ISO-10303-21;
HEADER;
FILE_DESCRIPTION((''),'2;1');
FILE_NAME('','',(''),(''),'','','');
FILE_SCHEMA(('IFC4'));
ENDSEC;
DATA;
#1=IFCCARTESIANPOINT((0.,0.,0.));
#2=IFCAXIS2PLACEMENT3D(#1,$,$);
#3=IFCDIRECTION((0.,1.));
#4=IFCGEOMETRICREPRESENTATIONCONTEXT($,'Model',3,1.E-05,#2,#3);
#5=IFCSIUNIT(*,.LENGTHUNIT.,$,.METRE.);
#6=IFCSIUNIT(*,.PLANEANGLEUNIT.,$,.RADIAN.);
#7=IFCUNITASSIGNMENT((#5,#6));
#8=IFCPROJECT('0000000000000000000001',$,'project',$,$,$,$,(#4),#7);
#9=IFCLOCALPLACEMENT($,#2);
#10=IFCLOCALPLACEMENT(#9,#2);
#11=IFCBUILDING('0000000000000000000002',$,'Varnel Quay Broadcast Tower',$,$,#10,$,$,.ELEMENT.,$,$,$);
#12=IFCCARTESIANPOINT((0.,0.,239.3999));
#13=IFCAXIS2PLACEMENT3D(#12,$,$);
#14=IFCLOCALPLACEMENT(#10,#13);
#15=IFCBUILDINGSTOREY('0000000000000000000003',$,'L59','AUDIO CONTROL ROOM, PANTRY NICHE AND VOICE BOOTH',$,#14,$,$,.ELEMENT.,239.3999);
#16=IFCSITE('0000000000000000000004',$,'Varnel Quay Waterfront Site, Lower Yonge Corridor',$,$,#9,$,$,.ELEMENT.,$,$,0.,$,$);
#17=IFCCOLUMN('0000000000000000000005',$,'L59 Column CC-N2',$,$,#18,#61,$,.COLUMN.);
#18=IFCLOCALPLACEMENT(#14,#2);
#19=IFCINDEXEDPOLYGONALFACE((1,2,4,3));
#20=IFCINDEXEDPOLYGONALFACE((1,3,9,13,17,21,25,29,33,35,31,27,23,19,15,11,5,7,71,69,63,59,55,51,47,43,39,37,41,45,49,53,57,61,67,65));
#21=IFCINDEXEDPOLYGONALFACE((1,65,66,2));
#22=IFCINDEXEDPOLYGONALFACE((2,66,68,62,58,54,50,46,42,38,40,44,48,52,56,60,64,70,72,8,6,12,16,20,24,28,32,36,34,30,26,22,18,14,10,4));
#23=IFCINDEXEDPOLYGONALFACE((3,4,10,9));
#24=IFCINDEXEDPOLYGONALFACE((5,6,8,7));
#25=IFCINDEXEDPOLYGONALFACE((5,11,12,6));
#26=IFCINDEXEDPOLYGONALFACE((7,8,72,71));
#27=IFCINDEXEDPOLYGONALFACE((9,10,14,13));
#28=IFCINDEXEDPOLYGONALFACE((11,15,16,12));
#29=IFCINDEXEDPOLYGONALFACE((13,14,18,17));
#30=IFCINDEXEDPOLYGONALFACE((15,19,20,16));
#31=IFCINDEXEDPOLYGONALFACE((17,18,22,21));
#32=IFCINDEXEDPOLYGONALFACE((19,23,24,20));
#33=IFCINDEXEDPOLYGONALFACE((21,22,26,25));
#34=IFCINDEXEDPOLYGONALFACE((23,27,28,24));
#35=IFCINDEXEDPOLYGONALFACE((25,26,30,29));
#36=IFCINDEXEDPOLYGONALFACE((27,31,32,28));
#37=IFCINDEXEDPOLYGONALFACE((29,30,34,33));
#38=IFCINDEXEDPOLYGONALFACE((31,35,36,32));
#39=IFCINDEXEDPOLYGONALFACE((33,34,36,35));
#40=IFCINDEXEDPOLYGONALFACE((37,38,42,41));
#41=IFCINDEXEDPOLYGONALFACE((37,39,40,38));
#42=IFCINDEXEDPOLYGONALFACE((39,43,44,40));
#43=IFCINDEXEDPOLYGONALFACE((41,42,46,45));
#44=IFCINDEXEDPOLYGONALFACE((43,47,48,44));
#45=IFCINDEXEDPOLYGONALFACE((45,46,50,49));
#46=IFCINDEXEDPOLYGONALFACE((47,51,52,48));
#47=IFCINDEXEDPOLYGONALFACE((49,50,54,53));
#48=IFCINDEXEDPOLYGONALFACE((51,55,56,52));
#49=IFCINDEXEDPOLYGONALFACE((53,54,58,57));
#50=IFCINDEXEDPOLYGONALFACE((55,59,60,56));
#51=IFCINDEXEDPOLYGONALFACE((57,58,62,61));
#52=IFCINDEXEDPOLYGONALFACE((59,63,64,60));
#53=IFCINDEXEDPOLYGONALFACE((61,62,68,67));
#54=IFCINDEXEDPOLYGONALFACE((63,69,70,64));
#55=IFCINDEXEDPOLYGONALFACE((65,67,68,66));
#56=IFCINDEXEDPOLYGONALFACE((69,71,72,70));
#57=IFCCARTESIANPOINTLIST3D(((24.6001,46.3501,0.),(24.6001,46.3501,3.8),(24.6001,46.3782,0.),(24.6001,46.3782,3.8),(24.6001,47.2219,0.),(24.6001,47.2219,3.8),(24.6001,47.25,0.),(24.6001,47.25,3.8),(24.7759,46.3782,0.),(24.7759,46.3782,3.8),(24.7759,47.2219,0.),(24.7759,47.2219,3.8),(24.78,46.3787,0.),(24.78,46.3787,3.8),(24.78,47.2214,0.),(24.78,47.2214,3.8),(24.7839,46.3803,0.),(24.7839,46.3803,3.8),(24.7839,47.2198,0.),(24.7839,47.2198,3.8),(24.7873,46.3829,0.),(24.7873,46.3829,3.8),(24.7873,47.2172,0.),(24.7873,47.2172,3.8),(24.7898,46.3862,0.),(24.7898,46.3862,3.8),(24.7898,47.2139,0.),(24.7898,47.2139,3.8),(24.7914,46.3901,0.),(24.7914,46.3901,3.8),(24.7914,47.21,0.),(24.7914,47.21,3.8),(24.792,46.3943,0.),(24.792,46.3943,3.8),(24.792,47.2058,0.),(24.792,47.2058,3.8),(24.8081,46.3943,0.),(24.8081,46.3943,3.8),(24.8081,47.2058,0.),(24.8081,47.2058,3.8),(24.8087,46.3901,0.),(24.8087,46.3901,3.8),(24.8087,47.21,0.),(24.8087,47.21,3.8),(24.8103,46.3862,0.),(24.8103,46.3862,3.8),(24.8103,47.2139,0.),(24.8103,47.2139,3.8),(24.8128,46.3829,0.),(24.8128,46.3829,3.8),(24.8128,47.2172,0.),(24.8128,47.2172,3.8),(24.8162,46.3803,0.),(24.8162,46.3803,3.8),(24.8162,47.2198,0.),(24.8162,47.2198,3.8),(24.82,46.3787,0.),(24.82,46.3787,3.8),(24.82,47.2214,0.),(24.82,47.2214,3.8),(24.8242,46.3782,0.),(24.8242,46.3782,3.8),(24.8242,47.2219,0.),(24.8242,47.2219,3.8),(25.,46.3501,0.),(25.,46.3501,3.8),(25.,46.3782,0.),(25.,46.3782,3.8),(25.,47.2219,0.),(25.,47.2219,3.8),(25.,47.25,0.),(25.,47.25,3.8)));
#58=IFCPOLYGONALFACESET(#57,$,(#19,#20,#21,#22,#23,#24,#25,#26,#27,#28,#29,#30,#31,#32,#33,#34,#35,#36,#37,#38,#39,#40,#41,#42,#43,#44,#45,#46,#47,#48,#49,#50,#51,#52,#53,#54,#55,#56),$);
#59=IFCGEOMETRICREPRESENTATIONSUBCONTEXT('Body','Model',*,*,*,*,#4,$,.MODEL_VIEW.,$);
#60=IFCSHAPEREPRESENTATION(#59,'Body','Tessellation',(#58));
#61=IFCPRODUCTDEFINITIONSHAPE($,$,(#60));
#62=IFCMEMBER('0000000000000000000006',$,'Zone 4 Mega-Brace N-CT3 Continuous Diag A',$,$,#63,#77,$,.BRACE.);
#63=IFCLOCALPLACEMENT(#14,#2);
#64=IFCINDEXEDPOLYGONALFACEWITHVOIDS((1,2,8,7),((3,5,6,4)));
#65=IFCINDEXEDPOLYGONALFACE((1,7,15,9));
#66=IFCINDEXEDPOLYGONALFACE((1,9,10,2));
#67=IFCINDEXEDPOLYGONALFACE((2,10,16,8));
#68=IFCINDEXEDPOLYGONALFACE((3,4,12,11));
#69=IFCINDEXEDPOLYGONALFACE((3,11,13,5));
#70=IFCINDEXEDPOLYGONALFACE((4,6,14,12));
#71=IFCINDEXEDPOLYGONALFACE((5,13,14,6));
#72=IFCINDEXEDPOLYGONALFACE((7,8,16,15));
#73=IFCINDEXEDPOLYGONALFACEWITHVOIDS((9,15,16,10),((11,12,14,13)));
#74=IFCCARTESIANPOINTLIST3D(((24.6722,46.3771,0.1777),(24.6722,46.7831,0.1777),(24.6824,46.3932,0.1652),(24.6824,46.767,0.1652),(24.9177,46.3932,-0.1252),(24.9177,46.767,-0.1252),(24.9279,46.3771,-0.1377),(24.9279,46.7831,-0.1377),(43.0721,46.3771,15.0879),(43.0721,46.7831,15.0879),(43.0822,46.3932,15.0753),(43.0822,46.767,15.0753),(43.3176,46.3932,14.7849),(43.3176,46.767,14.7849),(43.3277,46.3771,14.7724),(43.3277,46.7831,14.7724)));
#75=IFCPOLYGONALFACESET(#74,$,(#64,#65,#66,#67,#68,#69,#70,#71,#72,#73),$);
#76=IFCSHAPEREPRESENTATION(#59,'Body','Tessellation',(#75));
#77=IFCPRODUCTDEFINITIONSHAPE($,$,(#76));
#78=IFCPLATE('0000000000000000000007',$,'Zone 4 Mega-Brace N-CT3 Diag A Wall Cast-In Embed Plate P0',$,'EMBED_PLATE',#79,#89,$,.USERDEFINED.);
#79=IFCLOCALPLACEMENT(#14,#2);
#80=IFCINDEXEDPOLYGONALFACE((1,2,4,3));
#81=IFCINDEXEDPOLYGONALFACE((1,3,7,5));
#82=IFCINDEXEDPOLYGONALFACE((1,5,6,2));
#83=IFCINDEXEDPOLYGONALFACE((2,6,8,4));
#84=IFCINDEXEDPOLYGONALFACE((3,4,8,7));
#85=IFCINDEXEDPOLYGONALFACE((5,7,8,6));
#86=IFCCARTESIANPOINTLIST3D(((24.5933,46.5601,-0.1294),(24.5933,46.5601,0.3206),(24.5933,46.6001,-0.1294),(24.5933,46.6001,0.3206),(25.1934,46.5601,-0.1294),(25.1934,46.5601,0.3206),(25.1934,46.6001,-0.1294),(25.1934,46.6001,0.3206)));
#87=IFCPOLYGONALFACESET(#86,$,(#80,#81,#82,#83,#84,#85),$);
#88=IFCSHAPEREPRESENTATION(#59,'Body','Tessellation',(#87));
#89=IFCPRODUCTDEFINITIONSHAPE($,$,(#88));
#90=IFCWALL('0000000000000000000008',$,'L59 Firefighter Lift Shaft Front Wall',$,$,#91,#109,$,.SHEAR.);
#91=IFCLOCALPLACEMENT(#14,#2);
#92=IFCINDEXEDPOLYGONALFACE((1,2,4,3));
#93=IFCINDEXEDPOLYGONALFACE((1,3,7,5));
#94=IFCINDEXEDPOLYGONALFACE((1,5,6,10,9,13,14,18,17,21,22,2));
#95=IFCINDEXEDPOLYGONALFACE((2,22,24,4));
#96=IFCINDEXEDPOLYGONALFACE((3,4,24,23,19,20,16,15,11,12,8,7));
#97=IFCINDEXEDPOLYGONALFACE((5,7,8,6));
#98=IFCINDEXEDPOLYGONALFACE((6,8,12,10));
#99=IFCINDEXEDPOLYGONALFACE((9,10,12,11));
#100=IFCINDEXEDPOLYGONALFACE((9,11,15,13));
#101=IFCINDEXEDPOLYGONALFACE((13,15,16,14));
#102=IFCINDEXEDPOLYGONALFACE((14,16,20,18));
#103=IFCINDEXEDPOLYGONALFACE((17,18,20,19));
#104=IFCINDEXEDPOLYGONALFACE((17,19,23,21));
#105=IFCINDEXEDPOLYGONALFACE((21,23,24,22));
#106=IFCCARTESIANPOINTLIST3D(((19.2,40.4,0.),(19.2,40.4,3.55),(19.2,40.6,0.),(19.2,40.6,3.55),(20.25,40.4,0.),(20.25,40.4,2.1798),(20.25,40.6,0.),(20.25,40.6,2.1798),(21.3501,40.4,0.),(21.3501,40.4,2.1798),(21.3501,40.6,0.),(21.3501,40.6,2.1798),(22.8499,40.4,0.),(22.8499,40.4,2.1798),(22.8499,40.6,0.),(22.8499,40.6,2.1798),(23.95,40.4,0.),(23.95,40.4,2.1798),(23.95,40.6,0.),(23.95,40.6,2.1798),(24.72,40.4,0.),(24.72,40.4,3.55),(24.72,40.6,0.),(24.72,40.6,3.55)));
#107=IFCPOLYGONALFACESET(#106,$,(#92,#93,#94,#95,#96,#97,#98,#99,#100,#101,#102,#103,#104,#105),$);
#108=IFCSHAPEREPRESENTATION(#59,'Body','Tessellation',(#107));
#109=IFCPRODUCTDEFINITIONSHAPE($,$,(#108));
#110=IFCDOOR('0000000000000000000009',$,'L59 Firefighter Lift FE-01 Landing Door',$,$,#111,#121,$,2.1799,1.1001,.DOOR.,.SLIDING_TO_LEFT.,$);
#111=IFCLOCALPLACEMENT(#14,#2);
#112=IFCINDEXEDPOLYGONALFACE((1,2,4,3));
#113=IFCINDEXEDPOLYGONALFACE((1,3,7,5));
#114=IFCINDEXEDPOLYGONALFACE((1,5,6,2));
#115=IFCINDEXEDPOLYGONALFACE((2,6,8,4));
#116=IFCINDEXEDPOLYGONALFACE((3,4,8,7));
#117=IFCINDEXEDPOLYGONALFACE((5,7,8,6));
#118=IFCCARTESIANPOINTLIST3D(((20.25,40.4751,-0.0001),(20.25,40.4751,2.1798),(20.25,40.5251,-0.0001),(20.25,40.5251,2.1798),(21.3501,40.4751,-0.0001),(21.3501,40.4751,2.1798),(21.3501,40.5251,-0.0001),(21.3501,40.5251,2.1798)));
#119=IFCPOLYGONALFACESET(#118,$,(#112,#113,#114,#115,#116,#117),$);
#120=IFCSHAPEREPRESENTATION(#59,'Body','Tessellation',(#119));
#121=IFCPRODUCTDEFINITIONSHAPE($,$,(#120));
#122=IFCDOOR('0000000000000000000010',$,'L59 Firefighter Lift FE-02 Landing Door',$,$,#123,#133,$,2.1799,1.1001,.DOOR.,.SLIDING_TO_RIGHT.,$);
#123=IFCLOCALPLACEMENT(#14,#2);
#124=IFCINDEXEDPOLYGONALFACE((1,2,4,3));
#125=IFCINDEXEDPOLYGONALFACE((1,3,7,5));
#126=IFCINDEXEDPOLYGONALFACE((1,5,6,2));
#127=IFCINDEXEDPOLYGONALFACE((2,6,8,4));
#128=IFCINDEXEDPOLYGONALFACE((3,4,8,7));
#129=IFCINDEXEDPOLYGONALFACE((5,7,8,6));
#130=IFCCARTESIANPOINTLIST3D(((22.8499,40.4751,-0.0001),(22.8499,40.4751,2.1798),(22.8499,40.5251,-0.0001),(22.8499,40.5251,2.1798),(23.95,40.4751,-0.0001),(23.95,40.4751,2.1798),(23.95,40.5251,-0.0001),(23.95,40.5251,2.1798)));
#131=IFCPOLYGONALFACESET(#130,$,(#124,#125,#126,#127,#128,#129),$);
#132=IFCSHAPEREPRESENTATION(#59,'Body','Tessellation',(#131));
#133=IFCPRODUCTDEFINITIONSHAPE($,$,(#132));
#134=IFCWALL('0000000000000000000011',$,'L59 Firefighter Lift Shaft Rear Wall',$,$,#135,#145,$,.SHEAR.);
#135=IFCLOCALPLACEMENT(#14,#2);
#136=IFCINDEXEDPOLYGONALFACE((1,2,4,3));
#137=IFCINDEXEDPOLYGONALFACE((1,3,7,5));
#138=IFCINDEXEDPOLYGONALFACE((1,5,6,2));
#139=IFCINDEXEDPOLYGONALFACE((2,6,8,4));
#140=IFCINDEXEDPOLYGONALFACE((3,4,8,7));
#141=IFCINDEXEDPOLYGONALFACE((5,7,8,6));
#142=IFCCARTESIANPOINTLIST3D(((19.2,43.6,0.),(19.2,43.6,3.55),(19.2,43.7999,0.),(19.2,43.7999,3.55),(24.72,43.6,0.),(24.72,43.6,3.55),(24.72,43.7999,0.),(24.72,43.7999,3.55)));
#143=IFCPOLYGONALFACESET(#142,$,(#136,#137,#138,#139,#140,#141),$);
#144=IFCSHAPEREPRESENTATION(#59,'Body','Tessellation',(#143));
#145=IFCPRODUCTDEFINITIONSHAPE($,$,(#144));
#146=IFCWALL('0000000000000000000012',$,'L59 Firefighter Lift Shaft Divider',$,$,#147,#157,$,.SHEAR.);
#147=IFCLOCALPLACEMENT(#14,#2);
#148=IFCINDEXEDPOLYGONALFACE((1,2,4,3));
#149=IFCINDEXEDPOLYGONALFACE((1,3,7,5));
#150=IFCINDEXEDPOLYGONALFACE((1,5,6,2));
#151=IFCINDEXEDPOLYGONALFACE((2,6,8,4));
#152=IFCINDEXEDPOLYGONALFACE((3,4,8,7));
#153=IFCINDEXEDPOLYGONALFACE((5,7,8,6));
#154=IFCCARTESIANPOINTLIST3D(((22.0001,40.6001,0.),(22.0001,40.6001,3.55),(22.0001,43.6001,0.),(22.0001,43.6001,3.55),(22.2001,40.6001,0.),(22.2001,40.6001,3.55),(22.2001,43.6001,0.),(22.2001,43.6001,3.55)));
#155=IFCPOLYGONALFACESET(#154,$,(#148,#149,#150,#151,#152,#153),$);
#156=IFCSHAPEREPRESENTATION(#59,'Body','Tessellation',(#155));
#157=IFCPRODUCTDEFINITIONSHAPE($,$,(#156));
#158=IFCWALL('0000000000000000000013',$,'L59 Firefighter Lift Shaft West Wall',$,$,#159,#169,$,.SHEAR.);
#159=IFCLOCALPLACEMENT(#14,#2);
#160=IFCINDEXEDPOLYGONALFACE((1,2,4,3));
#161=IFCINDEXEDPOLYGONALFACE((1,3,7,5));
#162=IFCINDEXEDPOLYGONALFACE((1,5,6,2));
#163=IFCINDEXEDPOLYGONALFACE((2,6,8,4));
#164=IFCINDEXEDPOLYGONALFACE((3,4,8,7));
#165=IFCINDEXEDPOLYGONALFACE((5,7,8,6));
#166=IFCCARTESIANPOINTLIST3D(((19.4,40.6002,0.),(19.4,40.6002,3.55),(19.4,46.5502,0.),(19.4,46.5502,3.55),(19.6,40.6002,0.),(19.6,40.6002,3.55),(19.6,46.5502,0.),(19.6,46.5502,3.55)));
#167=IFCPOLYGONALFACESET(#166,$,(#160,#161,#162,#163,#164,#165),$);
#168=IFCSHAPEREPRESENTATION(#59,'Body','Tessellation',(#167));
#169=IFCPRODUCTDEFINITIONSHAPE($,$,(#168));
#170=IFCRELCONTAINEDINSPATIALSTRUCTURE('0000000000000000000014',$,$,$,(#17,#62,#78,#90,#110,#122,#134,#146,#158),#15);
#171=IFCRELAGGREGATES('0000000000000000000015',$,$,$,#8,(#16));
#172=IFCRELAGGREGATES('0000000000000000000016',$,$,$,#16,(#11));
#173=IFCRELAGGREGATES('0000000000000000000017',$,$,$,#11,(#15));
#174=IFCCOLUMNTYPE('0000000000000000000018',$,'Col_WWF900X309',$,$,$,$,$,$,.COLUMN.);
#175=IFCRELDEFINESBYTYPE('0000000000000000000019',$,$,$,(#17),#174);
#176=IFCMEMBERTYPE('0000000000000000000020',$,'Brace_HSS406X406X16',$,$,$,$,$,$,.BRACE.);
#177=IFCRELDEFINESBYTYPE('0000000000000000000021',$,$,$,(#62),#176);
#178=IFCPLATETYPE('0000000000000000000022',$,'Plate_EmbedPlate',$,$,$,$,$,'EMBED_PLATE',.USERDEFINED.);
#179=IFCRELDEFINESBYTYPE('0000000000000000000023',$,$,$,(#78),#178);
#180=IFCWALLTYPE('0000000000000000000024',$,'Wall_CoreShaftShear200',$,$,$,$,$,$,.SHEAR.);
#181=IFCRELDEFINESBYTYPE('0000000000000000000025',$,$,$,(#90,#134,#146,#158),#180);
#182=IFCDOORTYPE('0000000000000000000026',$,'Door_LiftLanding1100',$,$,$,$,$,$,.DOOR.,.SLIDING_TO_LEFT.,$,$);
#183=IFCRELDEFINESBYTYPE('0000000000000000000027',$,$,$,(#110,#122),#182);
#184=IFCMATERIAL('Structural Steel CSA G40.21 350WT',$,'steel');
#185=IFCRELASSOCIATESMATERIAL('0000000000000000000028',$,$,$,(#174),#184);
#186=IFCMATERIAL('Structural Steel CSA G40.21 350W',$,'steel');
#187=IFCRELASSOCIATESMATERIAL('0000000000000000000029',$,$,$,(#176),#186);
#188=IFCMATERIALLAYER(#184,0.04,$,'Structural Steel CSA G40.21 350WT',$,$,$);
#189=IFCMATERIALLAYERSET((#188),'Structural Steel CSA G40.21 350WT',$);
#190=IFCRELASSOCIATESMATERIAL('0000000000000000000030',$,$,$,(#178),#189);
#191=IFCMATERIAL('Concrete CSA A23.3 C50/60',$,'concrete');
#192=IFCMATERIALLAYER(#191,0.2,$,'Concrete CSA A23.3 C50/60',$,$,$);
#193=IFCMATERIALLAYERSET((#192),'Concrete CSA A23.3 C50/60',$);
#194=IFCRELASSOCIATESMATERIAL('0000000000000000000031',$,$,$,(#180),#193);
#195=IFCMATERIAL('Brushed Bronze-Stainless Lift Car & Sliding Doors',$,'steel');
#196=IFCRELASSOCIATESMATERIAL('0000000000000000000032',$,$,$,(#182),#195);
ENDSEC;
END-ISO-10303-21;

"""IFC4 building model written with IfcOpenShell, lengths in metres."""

from ifc_helpers import new_model, si_unit, direction, frame, frame_2d, origin, origin_2d, place, context, subcontext, project, spatial, rectangle, hollow_rectangle, i_section, extrude, source, transform, mapped, material, layer, layer_set, material_profile, profile_set, type_object, type_shapes, element, fill, save


model = new_model("IFC4")

# Units and contexts
model_context = context("Model", 3, precision=1e-05, world=origin(), true_north=direction((0.0, 1.0)))
body_context = subcontext(model_context, "Body", "Model", "MODEL_VIEW")
ifc_project = project(units=[si_unit("LENGTHUNIT", "METRE"), si_unit("PLANEANGLEUNIT", "RADIAN")], contexts=[model_context])

# Site, building, storey
site_placement = place(None, origin())
site = spatial("IfcSite", under=ifc_project, at=site_placement, Name="Varnel Quay Waterfront Site, Lower Yonge Corridor", CompositionType="ELEMENT", RefElevation=0.0)
building_placement = place(site_placement, origin())
building = spatial("IfcBuilding", under=site, at=building_placement, Name="Varnel Quay Broadcast Tower", CompositionType="ELEMENT")
storey_placement = place(building_placement, frame((0.0, 0.0, 239.3999)))
storey = spatial("IfcBuildingStorey", under=building, at=storey_placement, Name="L59", Description="AUDIO CONTROL ROOM, PANTRY NICHE AND VOICE BOOTH", CompositionType="ELEMENT", Elevation=239.3999)

# Column
ifc_material_1 = material(Name="Structural Steel CSA G40.21 350WT", Category="steel")
ifc_material_profile_1 = material_profile(ifc_material_1, i_section(OverallWidth=0.3999, OverallDepth=0.8999, WebThickness=0.0161, FlangeThickness=0.0281, FilletRadius=0.0161, at=origin_2d()), Name="WWF900X309")
ifc_profile_set_1 = profile_set([ifc_material_profile_1], Name="Structural Steel CSA G40.21 350WT")
column_type = type_object("IfcColumnType", Name="Col_WWF900X309", PredefinedType="COLUMN", material=ifc_profile_set_1)
shared_shape_1 = source(origin(), body_context, "Body", "SweptSolid", [
    extrude(i_section(OverallWidth=0.3999, OverallDepth=0.8999, WebThickness=0.0161, FlangeThickness=0.0281, FilletRadius=0.0161, at=origin_2d()), origin(), (0.0, 0.0, 1.0), 3.8),
])
type_shapes(column_type, [shared_shape_1])
column_placement = place(storey_placement, frame((24.8, 46.8, 0.0), z_axis=(0.0, 0.0, 1.0), x_axis=(1.0, 0.0, 0.0)))
element("IfcColumn", 1, at=column_placement, inside=storey, type_object=column_type, Name="L59 Column CC-N2", PredefinedType="COLUMN", context=body_context, shape_type="MappedRepresentation", body=[
    mapped(shared_shape_1, transform((0.0, 0.0, 0.0), x_axis=(1.0, 0.0, 0.0), y_axis=(0.0, 1.0, 0.0), z_axis=(0.0, 0.0, 1.0), scale=1.0)),
])

# Member
ifc_material_2 = material(Name="Structural Steel CSA G40.21 350W", Category="steel")
ifc_material_profile_2 = material_profile(ifc_material_2, hollow_rectangle(XDim=0.406, YDim=0.406, WallThickness=0.0161, at=origin_2d()), Name="HSS406X406X16")
ifc_profile_set_2 = profile_set([ifc_material_profile_2], Name="Structural Steel CSA G40.21 350W")
member_type = type_object("IfcMemberType", Name="Brace_HSS406X406X16", PredefinedType="BRACE", material=ifc_profile_set_2)
shared_shape_2 = source(origin(), body_context, "Body", "SweptSolid", [
    extrude(hollow_rectangle(XDim=0.406, YDim=0.406, WallThickness=0.0161, at=origin_2d()), origin(), (0.0, 0.0, 1.0), 23.6826),
])
type_shapes(member_type, [shared_shape_2])
member_placement = place(storey_placement, frame((24.8, 46.5801, 0.02), z_axis=(0.776935, 0.0, 0.629581), x_axis=(0.0, 1.0, 0.0)))
element("IfcMember", 2, at=member_placement, inside=storey, type_object=member_type, Name="Zone 4 Mega-Brace N-CT3 Continuous Diag A", PredefinedType="BRACE", context=body_context, shape_type="MappedRepresentation", body=[
    mapped(shared_shape_2, transform((0.0, 0.0, 0.0), x_axis=(1.0, 0.0, 0.0), y_axis=(0.0, 1.0, 0.0), z_axis=(0.0, 0.0, 1.0), scale=1.0)),
])

# Plate
ifc_layer_1 = layer(ifc_material_1, 0.04, Name="Structural Steel CSA G40.21 350WT")
ifc_layer_set_1 = layer_set([ifc_layer_1], Name="Structural Steel CSA G40.21 350WT")
plate_type = type_object("IfcPlateType", Name="Plate_EmbedPlate", ElementType="EMBED_PLATE", PredefinedType="USERDEFINED", material=ifc_layer_set_1)
shared_shape_3 = source(origin(), body_context, "Body", "SweptSolid", [
    extrude(rectangle(XDim=0.6001, YDim=0.04, at=origin_2d()), origin(), (0.0, 0.0, 1.0), 0.45),
])
type_shapes(plate_type, [shared_shape_3])
plate_placement = place(storey_placement, frame((24.8933, 46.5801, -0.1294), z_axis=(0.0, 0.0, 1.0), x_axis=(1.0, 0.0, 0.0)))
element("IfcPlate", 3, at=plate_placement, inside=storey, type_object=plate_type, Name="Zone 4 Mega-Brace N-CT3 Diag A Wall Cast-In Embed Plate P0", ObjectType="EMBED_PLATE", PredefinedType="USERDEFINED", context=body_context, shape_type="MappedRepresentation", body=[
    mapped(shared_shape_3, transform((0.0, 0.0, 0.0), x_axis=(1.0, 0.0, 0.0), y_axis=(0.0, 1.0, 0.0), z_axis=(0.0, 0.0, 1.0), scale=1.0)),
])

# Wall, openings, doors
ifc_material_3 = material(Name="Concrete CSA A23.3 C50/60", Category="concrete")
ifc_layer_2 = layer(ifc_material_3, 0.2, Name="Concrete CSA A23.3 C50/60")
ifc_layer_set_2 = layer_set([ifc_layer_2], Name="Concrete CSA A23.3 C50/60")
wall_type_1 = type_object("IfcWallType", Name="Wall_CoreShaftShear200", PredefinedType="SHEAR", material=ifc_layer_set_2)
wall_1_placement = place(storey_placement, frame((19.2, 40.5, 0.0), z_axis=(0.0, 0.0, 1.0), x_axis=(1.0, 0.0, 0.0)))
wall_1 = element("IfcWall", 4, at=wall_1_placement, inside=storey, type_object=wall_type_1, Name="L59 Firefighter Lift Shaft Front Wall", PredefinedType="SHEAR", context=body_context, shape_type="SweptSolid", body=[
    extrude(rectangle(XDim=5.52, YDim=0.2, at=frame_2d((2.76, 0.0))), origin(), (0.0, 0.0, 1.0), 3.55),
])
opening_1_placement = place(wall_1_placement, frame((1.05, 0.0, 0.0)))
opening_1 = element("IfcOpeningElement", 5, at=opening_1_placement, cuts=wall_1, PredefinedType="OPENING", context=body_context, shape_type="SweptSolid", body=[
    extrude(rectangle(XDim=1.1001, YDim=2.1799, at=frame_2d((0.55, 1.0898))), frame((0.0, 0.1099, 0.0), z_axis=(0.0, -1.0, 0.0), x_axis=(1.0, 0.0, 0.0)), (0.0, 0.0, 1.0), 0.22),
])
opening_2_placement = place(wall_1_placement, frame((3.6499, 0.0, 0.0)))
opening_2 = element("IfcOpeningElement", 6, at=opening_2_placement, cuts=wall_1, PredefinedType="OPENING", context=body_context, shape_type="SweptSolid", body=[
    extrude(rectangle(XDim=1.1001, YDim=2.1799, at=frame_2d((0.55, 1.0898))), frame((0.0, 0.1099, 0.0), z_axis=(0.0, -1.0, 0.0), x_axis=(1.0, 0.0, 0.0)), (0.0, 0.0, 1.0), 0.22),
])
ifc_material_4 = material(Name="Brushed Bronze-Stainless Lift Car & Sliding Doors", Category="steel")
door_type_1 = type_object("IfcDoorType", Name="Door_LiftLanding1100", OperationType="SLIDING_TO_LEFT", PredefinedType="DOOR", material=ifc_material_4)
shared_shape_4 = source(origin(), body_context, "Body", "SweptSolid", [
    extrude(rectangle(XDim=1.1001, YDim=2.1799, at=frame_2d((0.55, 1.0898))), frame((0.0, 0.0249, 0.0), z_axis=(0.0, -1.0, 0.0), x_axis=(1.0, 0.0, 0.0)), (0.0, 0.0, 1.0), 0.05),
])
type_shapes(door_type_1, [shared_shape_4])
door_1_placement = place(opening_1_placement, frame((1.1001, 0.0, 0.0), z_axis=(0.0, 0.0, 1.0), x_axis=(-1.0, 0.0, 0.0)))
door_1 = element("IfcDoor", 7, at=door_1_placement, inside=storey, type_object=door_type_1, Name="L59 Firefighter Lift FE-01 Landing Door", OperationType="SLIDING_TO_LEFT", OverallHeight=2.1799, OverallWidth=1.1001, PredefinedType="DOOR", context=body_context, shape_type="MappedRepresentation", body=[
    mapped(shared_shape_4, transform((0.0, 0.0, 0.0), x_axis=(1.0, 0.0, 0.0), y_axis=(0.0, 1.0, 0.0), z_axis=(0.0, 0.0, 1.0), scale=1.0)),
])
fill(opening_1, door_1)
door_2_placement = place(opening_2_placement, frame((1.1001, 0.0, 0.0), z_axis=(0.0, 0.0, 1.0), x_axis=(-1.0, 0.0, 0.0)))
door_2 = element("IfcDoor", 8, at=door_2_placement, inside=storey, type_object=door_type_1, Name="L59 Firefighter Lift FE-02 Landing Door", OperationType="SLIDING_TO_RIGHT", OverallHeight=2.1799, OverallWidth=1.1001, PredefinedType="DOOR", context=body_context, shape_type="MappedRepresentation", body=[
    mapped(shared_shape_4, transform((0.0, 0.0, 0.0), x_axis=(1.0, 0.0, 0.0), y_axis=(0.0, 1.0, 0.0), z_axis=(0.0, 0.0, 1.0), scale=1.0)),
])
fill(opening_2, door_2)

# Walls
wall_2_placement = place(storey_placement, frame((19.2, 43.7, 0.0), z_axis=(0.0, 0.0, 1.0), x_axis=(1.0, 0.0, 0.0)))
element("IfcWall", 9, at=wall_2_placement, inside=storey, type_object=wall_type_1, Name="L59 Firefighter Lift Shaft Rear Wall", PredefinedType="SHEAR", context=body_context, shape_type="SweptSolid", body=[
    extrude(rectangle(XDim=5.52, YDim=0.2, at=frame_2d((2.76, 0.0))), origin(), (0.0, 0.0, 1.0), 3.55),
])
wall_3_placement = place(storey_placement, frame((22.1001, 40.6001, 0.0), z_axis=(0.0, 0.0, 1.0), x_axis=(0.0, 1.0, 0.0)))
element("IfcWall", 10, at=wall_3_placement, inside=storey, type_object=wall_type_1, Name="L59 Firefighter Lift Shaft Divider", PredefinedType="SHEAR", context=body_context, shape_type="SweptSolid", body=[
    extrude(rectangle(XDim=3.0, YDim=0.2, at=frame_2d((1.5, 0.0))), origin(), (0.0, 0.0, 1.0), 3.55),
])
wall_4_placement = place(storey_placement, frame((19.5, 40.6001, 0.0), z_axis=(0.0, 0.0, 1.0), x_axis=(0.0, 1.0, 0.0)))
element("IfcWall", 11, at=wall_4_placement, inside=storey, type_object=wall_type_1, Name="L59 Firefighter Lift Shaft West Wall", PredefinedType="SHEAR", context=body_context, shape_type="SweptSolid", body=[
    extrude(rectangle(XDim=5.95, YDim=0.2, at=frame_2d((2.9751, 0.0))), origin(), (0.0, 0.0, 1.0), 3.55),
])

save(model, "model.ifc")
